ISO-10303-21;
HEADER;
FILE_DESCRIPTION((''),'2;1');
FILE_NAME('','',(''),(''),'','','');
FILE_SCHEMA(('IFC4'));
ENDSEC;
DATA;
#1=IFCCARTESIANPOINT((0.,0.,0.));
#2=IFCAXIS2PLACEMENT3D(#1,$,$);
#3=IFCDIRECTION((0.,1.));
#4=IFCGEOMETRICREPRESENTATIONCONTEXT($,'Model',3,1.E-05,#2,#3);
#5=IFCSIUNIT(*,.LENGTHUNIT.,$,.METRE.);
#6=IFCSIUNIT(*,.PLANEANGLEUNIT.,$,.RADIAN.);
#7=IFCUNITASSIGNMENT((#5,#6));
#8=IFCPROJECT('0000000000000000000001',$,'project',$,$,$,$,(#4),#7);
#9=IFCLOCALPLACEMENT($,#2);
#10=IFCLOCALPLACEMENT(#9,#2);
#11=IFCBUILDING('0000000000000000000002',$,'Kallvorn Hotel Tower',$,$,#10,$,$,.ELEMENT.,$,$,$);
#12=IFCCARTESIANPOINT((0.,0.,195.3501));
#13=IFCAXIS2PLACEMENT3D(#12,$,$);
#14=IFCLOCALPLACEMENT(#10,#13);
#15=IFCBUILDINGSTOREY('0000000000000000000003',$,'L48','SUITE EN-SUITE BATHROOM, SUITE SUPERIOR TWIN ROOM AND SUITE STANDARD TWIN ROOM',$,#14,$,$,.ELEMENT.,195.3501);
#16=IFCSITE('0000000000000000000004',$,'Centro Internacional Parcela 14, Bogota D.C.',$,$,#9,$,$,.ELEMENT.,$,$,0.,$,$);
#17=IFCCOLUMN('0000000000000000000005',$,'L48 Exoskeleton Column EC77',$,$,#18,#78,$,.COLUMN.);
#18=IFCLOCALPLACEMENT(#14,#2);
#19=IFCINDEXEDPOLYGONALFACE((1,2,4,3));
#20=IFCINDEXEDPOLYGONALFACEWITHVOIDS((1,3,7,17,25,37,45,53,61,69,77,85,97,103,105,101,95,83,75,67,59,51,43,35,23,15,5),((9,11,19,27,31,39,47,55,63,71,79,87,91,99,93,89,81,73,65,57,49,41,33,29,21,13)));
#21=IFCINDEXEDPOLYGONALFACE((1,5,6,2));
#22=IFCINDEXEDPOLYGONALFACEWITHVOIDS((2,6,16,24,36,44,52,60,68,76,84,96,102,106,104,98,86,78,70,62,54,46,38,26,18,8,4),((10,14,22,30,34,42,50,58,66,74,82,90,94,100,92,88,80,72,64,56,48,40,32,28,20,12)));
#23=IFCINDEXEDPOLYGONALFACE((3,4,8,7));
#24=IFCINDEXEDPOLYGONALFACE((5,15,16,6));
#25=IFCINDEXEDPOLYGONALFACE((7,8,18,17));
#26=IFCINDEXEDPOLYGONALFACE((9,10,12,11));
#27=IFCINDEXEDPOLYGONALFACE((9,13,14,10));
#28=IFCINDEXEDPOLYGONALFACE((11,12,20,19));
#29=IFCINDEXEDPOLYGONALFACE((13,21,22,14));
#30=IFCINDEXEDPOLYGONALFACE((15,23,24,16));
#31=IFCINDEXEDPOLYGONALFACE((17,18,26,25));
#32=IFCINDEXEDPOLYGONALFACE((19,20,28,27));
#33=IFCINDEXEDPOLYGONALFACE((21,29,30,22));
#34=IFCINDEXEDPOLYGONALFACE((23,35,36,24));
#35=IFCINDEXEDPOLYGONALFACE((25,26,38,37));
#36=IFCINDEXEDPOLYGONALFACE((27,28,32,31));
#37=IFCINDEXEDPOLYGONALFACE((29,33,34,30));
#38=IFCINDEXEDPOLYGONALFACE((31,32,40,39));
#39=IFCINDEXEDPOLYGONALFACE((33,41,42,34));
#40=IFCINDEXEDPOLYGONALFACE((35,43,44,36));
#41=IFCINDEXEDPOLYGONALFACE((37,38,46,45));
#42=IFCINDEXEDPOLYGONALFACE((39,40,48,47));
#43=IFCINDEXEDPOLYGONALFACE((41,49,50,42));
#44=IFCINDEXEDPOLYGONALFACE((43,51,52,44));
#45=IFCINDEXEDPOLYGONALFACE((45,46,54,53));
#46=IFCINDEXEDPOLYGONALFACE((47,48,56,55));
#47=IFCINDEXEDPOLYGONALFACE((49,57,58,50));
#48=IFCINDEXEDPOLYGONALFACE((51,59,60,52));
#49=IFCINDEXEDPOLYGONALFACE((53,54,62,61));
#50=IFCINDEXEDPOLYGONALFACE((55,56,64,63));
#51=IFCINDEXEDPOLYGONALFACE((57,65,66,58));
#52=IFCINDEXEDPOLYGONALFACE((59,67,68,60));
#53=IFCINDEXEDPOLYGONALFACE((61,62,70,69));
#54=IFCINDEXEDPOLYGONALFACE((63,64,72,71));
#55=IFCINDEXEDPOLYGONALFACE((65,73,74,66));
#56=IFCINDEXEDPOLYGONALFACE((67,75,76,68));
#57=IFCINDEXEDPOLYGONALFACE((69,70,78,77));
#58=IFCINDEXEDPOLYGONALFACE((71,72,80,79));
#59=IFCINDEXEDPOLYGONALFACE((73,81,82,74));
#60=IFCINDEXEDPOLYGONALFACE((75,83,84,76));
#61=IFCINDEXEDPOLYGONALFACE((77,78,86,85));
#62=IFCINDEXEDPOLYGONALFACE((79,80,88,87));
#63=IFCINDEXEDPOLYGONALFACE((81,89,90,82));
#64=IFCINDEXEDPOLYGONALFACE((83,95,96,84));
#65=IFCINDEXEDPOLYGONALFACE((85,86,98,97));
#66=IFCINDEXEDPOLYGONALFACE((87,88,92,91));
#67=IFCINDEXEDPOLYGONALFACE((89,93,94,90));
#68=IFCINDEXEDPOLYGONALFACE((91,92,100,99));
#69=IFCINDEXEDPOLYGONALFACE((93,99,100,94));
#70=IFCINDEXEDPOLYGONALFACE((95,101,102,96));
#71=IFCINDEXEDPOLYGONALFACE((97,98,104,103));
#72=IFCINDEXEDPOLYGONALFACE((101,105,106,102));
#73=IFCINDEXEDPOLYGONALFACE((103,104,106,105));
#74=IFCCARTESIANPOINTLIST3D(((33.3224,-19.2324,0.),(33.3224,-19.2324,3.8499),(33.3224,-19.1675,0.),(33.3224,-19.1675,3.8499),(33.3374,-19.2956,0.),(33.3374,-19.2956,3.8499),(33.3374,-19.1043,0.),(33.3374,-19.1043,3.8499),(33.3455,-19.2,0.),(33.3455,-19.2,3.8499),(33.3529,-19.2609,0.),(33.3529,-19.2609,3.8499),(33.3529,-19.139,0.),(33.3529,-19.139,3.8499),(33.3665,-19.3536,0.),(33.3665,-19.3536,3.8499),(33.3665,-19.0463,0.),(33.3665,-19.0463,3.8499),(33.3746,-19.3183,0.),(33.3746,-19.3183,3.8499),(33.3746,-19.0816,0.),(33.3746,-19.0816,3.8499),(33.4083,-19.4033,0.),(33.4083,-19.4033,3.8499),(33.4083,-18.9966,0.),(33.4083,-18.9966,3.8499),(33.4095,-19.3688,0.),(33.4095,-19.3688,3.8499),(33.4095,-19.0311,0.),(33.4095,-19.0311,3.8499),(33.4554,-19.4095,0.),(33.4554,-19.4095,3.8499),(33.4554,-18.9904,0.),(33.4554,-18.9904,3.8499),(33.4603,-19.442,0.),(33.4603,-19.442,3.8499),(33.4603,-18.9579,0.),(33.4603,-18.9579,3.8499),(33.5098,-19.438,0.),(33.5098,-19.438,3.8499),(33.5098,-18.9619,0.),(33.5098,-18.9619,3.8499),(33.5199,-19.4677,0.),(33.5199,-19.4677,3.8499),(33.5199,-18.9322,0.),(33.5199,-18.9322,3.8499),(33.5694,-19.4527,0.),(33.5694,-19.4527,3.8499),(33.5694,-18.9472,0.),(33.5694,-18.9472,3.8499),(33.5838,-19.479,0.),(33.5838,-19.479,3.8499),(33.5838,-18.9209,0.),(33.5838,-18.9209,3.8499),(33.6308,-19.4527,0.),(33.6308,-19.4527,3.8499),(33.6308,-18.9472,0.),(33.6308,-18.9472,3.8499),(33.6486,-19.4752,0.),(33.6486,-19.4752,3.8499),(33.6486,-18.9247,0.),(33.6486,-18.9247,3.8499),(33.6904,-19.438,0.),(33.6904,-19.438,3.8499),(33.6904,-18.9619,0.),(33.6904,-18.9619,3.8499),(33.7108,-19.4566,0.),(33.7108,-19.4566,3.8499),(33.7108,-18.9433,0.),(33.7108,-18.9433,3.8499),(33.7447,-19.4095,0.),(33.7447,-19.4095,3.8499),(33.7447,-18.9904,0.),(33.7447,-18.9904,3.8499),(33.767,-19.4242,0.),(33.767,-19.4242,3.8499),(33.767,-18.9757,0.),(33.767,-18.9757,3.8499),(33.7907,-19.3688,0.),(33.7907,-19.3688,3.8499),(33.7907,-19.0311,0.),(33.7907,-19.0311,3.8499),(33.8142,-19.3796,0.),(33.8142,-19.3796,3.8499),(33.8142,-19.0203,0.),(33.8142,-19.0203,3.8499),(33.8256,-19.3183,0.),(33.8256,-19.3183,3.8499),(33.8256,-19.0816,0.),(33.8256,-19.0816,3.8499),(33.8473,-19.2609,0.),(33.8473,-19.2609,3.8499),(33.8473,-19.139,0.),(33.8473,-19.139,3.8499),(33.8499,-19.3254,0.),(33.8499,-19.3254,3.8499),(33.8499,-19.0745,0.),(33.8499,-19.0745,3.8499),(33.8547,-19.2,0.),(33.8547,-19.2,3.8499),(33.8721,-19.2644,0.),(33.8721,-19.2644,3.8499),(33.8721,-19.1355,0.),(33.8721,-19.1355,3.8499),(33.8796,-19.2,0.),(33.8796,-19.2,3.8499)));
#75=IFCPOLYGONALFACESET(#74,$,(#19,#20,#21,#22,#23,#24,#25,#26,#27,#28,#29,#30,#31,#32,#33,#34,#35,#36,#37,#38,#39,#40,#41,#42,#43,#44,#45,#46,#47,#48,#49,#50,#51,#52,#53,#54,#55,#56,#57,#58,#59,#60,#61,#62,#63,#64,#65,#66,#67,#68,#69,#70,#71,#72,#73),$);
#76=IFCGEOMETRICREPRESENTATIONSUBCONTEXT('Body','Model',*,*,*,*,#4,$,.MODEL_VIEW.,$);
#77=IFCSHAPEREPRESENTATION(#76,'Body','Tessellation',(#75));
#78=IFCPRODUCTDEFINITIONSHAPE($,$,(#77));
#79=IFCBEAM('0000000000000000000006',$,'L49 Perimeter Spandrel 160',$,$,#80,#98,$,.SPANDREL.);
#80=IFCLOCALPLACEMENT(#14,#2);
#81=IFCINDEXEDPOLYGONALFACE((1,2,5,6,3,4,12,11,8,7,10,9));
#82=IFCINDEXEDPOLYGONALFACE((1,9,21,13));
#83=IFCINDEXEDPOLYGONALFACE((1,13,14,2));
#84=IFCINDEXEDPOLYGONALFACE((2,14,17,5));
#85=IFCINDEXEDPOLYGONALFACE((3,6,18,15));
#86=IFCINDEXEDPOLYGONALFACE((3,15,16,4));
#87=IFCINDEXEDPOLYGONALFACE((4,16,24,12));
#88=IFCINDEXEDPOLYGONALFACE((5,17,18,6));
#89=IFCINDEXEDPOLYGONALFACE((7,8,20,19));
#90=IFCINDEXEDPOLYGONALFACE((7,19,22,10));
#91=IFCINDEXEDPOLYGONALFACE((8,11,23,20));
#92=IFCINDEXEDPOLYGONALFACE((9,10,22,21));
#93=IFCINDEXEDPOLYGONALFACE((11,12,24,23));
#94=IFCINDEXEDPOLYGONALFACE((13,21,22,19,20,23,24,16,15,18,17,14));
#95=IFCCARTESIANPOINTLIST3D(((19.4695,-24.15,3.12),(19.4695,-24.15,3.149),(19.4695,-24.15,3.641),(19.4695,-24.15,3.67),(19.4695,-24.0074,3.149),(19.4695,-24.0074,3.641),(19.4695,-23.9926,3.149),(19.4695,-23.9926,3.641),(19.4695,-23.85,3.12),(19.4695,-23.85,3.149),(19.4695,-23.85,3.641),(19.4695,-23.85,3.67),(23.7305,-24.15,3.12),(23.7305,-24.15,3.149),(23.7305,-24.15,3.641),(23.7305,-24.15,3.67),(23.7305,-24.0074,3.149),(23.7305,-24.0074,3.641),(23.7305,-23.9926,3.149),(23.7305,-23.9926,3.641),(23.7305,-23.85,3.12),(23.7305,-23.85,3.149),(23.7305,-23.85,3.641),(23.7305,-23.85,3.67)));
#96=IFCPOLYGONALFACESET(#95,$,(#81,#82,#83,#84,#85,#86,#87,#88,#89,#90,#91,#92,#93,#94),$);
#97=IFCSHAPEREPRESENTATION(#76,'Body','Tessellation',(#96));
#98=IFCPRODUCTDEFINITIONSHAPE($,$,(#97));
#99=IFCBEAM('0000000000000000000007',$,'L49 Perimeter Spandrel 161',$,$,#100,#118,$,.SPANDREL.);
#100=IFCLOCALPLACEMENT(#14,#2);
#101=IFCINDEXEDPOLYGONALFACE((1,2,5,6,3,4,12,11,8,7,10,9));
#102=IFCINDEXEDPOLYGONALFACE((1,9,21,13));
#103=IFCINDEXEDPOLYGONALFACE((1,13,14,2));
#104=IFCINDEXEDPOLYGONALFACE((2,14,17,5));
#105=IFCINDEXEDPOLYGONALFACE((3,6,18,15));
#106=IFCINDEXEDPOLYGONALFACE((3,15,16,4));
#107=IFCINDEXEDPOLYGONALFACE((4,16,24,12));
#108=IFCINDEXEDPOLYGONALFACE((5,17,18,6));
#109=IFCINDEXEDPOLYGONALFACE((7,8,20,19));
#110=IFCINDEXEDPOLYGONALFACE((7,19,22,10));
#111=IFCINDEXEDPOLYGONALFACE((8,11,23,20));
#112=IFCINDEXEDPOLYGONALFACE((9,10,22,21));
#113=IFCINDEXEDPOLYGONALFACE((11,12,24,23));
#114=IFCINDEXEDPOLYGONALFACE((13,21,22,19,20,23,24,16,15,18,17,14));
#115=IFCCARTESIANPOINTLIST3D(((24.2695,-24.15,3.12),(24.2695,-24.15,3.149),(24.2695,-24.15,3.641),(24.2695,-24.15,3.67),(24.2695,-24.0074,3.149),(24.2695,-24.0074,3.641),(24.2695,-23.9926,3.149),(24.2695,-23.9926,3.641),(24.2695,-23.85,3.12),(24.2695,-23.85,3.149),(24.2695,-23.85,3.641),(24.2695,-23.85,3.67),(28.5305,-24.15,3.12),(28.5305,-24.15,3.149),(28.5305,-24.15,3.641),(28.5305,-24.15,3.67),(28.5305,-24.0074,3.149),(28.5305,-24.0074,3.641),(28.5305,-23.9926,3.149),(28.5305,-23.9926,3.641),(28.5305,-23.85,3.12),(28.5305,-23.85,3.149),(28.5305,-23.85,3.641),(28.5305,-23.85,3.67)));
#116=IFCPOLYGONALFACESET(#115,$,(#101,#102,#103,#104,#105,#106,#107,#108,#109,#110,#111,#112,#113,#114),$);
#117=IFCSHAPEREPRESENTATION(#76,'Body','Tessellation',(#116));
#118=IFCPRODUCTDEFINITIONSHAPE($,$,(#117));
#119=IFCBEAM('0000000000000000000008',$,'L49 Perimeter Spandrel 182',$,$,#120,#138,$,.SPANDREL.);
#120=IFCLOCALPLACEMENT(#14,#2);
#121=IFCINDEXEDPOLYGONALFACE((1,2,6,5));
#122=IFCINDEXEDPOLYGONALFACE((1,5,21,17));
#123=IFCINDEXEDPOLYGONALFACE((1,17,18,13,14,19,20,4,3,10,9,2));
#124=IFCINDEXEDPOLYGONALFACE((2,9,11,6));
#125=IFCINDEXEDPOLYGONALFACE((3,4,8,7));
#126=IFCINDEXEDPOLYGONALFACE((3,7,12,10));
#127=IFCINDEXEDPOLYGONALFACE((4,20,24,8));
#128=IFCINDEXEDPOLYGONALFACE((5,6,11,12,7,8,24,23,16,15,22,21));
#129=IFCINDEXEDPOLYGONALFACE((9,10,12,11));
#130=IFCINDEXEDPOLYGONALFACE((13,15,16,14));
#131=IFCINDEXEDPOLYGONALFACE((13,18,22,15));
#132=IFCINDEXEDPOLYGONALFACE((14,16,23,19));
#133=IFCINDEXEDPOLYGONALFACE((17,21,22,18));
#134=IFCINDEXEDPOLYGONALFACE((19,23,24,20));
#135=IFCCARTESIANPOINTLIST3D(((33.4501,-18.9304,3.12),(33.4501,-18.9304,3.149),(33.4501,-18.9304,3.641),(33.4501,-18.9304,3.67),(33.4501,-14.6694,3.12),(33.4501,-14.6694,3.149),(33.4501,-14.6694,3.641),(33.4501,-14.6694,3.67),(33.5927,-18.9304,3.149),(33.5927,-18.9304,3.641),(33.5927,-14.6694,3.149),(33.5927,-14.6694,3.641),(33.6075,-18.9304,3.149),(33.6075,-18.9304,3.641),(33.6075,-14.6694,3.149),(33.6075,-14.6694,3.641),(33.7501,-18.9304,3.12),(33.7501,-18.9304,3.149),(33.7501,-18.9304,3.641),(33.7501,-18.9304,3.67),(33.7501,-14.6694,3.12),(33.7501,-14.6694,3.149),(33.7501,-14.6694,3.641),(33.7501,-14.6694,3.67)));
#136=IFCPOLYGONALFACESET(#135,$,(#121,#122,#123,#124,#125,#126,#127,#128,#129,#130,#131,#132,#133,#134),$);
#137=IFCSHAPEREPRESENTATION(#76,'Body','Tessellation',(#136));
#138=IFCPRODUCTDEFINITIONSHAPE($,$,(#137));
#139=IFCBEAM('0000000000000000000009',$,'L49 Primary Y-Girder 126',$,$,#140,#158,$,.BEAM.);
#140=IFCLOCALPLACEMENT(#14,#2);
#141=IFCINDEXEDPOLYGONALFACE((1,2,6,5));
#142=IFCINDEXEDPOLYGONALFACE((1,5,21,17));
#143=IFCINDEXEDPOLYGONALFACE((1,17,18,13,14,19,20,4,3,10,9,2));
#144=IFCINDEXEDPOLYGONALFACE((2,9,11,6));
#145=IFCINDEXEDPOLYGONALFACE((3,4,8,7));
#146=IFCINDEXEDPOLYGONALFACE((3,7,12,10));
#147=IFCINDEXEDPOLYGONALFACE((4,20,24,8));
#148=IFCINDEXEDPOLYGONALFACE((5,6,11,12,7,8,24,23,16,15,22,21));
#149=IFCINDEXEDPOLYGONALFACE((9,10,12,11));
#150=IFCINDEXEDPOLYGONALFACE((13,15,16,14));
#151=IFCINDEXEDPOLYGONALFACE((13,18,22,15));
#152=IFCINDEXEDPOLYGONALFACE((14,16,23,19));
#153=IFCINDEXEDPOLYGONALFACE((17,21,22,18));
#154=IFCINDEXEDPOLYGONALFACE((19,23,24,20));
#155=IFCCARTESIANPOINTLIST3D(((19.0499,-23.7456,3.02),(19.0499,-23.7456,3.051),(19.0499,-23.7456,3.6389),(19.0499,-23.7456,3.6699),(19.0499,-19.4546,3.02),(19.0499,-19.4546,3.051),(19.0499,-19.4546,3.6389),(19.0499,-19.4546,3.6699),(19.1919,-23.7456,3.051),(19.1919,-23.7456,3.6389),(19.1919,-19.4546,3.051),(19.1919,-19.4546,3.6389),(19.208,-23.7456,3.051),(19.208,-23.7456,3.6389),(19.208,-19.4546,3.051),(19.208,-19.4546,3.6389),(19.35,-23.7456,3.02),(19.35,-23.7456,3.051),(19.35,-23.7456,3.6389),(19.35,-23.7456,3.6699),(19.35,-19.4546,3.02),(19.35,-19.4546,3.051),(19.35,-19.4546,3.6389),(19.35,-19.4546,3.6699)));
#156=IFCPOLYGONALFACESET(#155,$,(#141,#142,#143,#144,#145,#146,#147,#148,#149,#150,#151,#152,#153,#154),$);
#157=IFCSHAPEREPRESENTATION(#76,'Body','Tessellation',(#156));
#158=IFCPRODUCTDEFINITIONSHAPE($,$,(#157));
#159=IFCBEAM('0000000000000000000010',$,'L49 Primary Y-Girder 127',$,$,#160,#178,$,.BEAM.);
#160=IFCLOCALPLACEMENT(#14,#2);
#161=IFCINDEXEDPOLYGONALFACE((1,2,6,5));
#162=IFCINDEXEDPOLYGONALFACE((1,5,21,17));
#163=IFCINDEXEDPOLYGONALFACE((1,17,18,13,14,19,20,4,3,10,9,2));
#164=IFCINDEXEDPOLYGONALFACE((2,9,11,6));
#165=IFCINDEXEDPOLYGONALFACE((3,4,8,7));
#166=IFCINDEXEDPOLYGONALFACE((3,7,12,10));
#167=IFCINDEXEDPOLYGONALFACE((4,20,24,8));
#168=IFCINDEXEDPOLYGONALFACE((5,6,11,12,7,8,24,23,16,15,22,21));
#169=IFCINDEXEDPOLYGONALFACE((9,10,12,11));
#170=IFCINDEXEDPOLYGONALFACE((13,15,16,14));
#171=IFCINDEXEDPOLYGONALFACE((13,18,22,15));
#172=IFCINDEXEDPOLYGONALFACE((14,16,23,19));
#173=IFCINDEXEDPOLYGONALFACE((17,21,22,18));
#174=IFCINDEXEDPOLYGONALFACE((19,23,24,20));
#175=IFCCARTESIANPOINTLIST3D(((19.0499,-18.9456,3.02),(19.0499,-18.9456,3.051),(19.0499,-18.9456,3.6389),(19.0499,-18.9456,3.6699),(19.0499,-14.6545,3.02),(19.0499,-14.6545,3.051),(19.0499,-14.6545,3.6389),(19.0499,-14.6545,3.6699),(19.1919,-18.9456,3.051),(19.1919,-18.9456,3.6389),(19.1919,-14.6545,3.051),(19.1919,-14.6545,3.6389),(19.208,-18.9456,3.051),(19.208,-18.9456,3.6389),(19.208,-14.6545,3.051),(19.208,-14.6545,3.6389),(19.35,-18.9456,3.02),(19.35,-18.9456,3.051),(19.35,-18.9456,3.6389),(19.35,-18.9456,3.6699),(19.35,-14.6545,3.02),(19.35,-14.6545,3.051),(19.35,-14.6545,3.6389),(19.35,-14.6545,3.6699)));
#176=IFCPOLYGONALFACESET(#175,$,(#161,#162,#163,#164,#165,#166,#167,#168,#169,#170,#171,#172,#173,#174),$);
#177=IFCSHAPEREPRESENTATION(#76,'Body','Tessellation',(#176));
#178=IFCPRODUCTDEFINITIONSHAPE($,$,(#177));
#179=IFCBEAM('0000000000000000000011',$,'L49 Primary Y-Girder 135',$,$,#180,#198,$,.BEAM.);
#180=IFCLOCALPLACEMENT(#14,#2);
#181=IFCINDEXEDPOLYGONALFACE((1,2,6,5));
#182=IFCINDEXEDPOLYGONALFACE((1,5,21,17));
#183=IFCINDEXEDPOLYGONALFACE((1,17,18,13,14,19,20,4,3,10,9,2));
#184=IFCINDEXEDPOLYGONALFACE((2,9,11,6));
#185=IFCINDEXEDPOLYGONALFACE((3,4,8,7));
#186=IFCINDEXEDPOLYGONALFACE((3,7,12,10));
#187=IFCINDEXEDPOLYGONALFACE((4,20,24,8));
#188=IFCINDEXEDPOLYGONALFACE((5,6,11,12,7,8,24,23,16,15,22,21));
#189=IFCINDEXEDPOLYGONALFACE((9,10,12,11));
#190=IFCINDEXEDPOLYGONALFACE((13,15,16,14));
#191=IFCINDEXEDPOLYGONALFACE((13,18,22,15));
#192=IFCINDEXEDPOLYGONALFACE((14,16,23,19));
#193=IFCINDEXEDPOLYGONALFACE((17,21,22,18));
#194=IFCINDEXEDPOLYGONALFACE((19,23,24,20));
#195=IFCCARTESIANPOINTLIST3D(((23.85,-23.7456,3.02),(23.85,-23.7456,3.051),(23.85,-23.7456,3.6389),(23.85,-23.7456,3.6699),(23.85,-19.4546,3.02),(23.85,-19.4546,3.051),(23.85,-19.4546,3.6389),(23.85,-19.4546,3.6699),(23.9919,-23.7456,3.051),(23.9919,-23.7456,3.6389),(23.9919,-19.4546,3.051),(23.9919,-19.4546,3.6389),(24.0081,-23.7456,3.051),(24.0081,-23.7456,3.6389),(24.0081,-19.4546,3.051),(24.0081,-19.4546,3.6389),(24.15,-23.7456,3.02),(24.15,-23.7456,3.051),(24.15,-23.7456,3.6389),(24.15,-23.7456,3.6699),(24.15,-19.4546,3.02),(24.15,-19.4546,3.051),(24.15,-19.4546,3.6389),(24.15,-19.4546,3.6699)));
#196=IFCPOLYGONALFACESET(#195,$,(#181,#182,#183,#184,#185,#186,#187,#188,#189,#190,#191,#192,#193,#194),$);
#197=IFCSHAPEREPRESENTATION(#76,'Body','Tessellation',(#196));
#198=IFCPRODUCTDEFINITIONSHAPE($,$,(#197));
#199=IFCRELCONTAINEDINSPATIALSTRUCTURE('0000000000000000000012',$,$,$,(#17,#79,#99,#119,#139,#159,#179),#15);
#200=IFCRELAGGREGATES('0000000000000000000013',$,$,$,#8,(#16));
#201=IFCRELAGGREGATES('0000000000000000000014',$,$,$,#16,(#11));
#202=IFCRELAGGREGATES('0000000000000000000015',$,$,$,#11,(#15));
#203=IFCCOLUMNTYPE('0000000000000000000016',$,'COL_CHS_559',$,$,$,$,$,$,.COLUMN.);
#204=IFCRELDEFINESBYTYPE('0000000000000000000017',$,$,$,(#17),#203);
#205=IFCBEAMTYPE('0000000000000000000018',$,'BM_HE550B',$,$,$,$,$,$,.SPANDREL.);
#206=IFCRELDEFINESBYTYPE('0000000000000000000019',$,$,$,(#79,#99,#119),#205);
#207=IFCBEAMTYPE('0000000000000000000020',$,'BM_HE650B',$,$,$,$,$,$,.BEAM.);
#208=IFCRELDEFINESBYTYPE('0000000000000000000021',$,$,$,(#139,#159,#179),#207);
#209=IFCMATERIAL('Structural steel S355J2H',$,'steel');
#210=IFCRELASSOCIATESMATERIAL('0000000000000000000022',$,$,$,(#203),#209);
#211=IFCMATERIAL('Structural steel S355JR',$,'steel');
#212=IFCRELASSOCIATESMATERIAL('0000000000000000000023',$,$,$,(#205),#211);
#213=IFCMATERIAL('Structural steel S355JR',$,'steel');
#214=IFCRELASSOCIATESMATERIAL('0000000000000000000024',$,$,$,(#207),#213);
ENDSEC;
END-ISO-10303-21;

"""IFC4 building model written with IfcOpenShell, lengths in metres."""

from ifc_helpers import new_model, si_unit, direction, frame, origin, origin_2d, place, context, subcontext, project, spatial, hollow_circle, i_section, extrude, material, material_profile, profile_set, type_object, element, save


model = new_model("IFC4")

# Units and contexts
model_context = context("Model", 3, precision=1e-05, world=origin(), true_north=direction((0.0, 1.0)))
body_context = subcontext(model_context, "Body", "Model", "MODEL_VIEW")
ifc_project = project(units=[si_unit("LENGTHUNIT", "METRE"), si_unit("PLANEANGLEUNIT", "RADIAN")], contexts=[model_context])

# Site, building, storey
site_placement = place(None, origin())
site = spatial("IfcSite", under=ifc_project, at=site_placement, Name="Centro Internacional Parcela 14, Bogota D.C.", CompositionType="ELEMENT", RefElevation=0.0)
building_placement = place(site_placement, origin())
building = spatial("IfcBuilding", under=site, at=building_placement, Name="Kallvorn Hotel Tower", CompositionType="ELEMENT")
storey_placement = place(building_placement, frame((0.0, 0.0, 195.3501)))
storey = spatial("IfcBuildingStorey", under=building, at=storey_placement, Name="L48", Description="SUITE EN-SUITE BATHROOM, SUITE SUPERIOR TWIN ROOM AND SUITE STANDARD TWIN ROOM", CompositionType="ELEMENT", Elevation=195.3501)

# Column
ifc_material_1 = material(Name="Structural steel S355J2H", Category="steel")
ifc_material_profile_1 = material_profile(ifc_material_1, hollow_circle(Radius=0.2795, WallThickness=0.0249, at=origin_2d()), Name="CHS 559x25")
ifc_profile_set_1 = profile_set([ifc_material_profile_1], Name="Structural steel S355J2H")
column_type = type_object("IfcColumnType", Name="COL_CHS_559", PredefinedType="COLUMN", material=ifc_profile_set_1)
for number, where, z_axis, x_axis, name in (
    (1, (33.6001, -19.2, 0.0), (0.0, 0.0, 1.0), (1.0, 0.0, 0.0), "L48 Exoskeleton Column EC77"),
):
    element("IfcColumn", number, at=place(storey_placement, frame(where, z_axis=z_axis, x_axis=x_axis)), inside=storey, type_object=column_type, Name=name, PredefinedType="COLUMN", context=body_context, shape_type="SweptSolid", body=[
        extrude(hollow_circle(Radius=0.2795, WallThickness=0.0249, at=origin_2d()), origin(), (0.0, 0.0, 1.0), 3.8499),
    ])

# Beams
ifc_material_2 = material(Name="Structural steel S355JR", Category="steel")
ifc_material_profile_2 = material_profile(ifc_material_2, i_section(OverallWidth=0.3, OverallDepth=0.55, WebThickness=0.0149, FlangeThickness=0.0291, at=origin_2d()), Name="HE 550 B")
ifc_profile_set_2 = profile_set([ifc_material_profile_2], Name="Structural steel S355JR")
beam_type_1 = type_object("IfcBeamType", Name="BM_HE550B", PredefinedType="SPANDREL", material=ifc_profile_set_2)
for number, where, z_axis, x_axis, name in (
    (2, (19.4695, -24.0, 3.395), (1.0, 0.0, 0.0), (0.0, 1.0, 0.0), "L49 Perimeter Spandrel 160"),
    (3, (24.2695, -24.0, 3.395), (1.0, 0.0, 0.0), (0.0, 1.0, 0.0), "L49 Perimeter Spandrel 161"),
    (4, (33.6001, -18.9304, 3.395), (0.0, 1.0, 0.0), (-1.0, 0.0, 0.0), "L49 Perimeter Spandrel 182"),
):
    element("IfcBeam", number, at=place(storey_placement, frame(where, z_axis=z_axis, x_axis=x_axis)), inside=storey, type_object=beam_type_1, Name=name, PredefinedType="SPANDREL", context=body_context, shape_type="SweptSolid", body=[
        extrude(i_section(OverallWidth=0.3, OverallDepth=0.55, WebThickness=0.0149, FlangeThickness=0.0291, at=origin_2d()), origin(), (0.0, 0.0, 1.0), 4.261),
    ])
ifc_material_3 = material(Name="Structural steel S355JR", Category="steel")
ifc_material_profile_3 = material_profile(ifc_material_3, i_section(OverallWidth=0.3, OverallDepth=0.6499, WebThickness=0.0161, FlangeThickness=0.031, at=origin_2d()), Name="HE 650 B")
ifc_profile_set_3 = profile_set([ifc_material_profile_3], Name="Structural steel S355JR")
beam_type_2 = type_object("IfcBeamType", Name="BM_HE650B", PredefinedType="BEAM", material=ifc_profile_set_3)
for number, where, z_axis, x_axis, name in (
    (5, (19.2, -23.7456, 3.345), (0.0, 1.0, 0.0), (-1.0, 0.0, 0.0), "L49 Primary Y-Girder 126"),
    (6, (19.2, -18.9456, 3.345), (0.0, 1.0, 0.0), (-1.0, 0.0, 0.0), "L49 Primary Y-Girder 127"),
    (7, (24.0, -23.7456, 3.345), (0.0, 1.0, 0.0), (-1.0, 0.0, 0.0), "L49 Primary Y-Girder 135"),
):
    element("IfcBeam", number, at=place(storey_placement, frame(where, z_axis=z_axis, x_axis=x_axis)), inside=storey, type_object=beam_type_2, Name=name, PredefinedType="BEAM", context=body_context, shape_type="SweptSolid", body=[
        extrude(i_section(OverallWidth=0.3, OverallDepth=0.6499, WebThickness=0.0161, FlangeThickness=0.031, at=origin_2d()), origin(), (0.0, 0.0, 1.0), 4.291),
    ])

save(model, "model.ifc")
